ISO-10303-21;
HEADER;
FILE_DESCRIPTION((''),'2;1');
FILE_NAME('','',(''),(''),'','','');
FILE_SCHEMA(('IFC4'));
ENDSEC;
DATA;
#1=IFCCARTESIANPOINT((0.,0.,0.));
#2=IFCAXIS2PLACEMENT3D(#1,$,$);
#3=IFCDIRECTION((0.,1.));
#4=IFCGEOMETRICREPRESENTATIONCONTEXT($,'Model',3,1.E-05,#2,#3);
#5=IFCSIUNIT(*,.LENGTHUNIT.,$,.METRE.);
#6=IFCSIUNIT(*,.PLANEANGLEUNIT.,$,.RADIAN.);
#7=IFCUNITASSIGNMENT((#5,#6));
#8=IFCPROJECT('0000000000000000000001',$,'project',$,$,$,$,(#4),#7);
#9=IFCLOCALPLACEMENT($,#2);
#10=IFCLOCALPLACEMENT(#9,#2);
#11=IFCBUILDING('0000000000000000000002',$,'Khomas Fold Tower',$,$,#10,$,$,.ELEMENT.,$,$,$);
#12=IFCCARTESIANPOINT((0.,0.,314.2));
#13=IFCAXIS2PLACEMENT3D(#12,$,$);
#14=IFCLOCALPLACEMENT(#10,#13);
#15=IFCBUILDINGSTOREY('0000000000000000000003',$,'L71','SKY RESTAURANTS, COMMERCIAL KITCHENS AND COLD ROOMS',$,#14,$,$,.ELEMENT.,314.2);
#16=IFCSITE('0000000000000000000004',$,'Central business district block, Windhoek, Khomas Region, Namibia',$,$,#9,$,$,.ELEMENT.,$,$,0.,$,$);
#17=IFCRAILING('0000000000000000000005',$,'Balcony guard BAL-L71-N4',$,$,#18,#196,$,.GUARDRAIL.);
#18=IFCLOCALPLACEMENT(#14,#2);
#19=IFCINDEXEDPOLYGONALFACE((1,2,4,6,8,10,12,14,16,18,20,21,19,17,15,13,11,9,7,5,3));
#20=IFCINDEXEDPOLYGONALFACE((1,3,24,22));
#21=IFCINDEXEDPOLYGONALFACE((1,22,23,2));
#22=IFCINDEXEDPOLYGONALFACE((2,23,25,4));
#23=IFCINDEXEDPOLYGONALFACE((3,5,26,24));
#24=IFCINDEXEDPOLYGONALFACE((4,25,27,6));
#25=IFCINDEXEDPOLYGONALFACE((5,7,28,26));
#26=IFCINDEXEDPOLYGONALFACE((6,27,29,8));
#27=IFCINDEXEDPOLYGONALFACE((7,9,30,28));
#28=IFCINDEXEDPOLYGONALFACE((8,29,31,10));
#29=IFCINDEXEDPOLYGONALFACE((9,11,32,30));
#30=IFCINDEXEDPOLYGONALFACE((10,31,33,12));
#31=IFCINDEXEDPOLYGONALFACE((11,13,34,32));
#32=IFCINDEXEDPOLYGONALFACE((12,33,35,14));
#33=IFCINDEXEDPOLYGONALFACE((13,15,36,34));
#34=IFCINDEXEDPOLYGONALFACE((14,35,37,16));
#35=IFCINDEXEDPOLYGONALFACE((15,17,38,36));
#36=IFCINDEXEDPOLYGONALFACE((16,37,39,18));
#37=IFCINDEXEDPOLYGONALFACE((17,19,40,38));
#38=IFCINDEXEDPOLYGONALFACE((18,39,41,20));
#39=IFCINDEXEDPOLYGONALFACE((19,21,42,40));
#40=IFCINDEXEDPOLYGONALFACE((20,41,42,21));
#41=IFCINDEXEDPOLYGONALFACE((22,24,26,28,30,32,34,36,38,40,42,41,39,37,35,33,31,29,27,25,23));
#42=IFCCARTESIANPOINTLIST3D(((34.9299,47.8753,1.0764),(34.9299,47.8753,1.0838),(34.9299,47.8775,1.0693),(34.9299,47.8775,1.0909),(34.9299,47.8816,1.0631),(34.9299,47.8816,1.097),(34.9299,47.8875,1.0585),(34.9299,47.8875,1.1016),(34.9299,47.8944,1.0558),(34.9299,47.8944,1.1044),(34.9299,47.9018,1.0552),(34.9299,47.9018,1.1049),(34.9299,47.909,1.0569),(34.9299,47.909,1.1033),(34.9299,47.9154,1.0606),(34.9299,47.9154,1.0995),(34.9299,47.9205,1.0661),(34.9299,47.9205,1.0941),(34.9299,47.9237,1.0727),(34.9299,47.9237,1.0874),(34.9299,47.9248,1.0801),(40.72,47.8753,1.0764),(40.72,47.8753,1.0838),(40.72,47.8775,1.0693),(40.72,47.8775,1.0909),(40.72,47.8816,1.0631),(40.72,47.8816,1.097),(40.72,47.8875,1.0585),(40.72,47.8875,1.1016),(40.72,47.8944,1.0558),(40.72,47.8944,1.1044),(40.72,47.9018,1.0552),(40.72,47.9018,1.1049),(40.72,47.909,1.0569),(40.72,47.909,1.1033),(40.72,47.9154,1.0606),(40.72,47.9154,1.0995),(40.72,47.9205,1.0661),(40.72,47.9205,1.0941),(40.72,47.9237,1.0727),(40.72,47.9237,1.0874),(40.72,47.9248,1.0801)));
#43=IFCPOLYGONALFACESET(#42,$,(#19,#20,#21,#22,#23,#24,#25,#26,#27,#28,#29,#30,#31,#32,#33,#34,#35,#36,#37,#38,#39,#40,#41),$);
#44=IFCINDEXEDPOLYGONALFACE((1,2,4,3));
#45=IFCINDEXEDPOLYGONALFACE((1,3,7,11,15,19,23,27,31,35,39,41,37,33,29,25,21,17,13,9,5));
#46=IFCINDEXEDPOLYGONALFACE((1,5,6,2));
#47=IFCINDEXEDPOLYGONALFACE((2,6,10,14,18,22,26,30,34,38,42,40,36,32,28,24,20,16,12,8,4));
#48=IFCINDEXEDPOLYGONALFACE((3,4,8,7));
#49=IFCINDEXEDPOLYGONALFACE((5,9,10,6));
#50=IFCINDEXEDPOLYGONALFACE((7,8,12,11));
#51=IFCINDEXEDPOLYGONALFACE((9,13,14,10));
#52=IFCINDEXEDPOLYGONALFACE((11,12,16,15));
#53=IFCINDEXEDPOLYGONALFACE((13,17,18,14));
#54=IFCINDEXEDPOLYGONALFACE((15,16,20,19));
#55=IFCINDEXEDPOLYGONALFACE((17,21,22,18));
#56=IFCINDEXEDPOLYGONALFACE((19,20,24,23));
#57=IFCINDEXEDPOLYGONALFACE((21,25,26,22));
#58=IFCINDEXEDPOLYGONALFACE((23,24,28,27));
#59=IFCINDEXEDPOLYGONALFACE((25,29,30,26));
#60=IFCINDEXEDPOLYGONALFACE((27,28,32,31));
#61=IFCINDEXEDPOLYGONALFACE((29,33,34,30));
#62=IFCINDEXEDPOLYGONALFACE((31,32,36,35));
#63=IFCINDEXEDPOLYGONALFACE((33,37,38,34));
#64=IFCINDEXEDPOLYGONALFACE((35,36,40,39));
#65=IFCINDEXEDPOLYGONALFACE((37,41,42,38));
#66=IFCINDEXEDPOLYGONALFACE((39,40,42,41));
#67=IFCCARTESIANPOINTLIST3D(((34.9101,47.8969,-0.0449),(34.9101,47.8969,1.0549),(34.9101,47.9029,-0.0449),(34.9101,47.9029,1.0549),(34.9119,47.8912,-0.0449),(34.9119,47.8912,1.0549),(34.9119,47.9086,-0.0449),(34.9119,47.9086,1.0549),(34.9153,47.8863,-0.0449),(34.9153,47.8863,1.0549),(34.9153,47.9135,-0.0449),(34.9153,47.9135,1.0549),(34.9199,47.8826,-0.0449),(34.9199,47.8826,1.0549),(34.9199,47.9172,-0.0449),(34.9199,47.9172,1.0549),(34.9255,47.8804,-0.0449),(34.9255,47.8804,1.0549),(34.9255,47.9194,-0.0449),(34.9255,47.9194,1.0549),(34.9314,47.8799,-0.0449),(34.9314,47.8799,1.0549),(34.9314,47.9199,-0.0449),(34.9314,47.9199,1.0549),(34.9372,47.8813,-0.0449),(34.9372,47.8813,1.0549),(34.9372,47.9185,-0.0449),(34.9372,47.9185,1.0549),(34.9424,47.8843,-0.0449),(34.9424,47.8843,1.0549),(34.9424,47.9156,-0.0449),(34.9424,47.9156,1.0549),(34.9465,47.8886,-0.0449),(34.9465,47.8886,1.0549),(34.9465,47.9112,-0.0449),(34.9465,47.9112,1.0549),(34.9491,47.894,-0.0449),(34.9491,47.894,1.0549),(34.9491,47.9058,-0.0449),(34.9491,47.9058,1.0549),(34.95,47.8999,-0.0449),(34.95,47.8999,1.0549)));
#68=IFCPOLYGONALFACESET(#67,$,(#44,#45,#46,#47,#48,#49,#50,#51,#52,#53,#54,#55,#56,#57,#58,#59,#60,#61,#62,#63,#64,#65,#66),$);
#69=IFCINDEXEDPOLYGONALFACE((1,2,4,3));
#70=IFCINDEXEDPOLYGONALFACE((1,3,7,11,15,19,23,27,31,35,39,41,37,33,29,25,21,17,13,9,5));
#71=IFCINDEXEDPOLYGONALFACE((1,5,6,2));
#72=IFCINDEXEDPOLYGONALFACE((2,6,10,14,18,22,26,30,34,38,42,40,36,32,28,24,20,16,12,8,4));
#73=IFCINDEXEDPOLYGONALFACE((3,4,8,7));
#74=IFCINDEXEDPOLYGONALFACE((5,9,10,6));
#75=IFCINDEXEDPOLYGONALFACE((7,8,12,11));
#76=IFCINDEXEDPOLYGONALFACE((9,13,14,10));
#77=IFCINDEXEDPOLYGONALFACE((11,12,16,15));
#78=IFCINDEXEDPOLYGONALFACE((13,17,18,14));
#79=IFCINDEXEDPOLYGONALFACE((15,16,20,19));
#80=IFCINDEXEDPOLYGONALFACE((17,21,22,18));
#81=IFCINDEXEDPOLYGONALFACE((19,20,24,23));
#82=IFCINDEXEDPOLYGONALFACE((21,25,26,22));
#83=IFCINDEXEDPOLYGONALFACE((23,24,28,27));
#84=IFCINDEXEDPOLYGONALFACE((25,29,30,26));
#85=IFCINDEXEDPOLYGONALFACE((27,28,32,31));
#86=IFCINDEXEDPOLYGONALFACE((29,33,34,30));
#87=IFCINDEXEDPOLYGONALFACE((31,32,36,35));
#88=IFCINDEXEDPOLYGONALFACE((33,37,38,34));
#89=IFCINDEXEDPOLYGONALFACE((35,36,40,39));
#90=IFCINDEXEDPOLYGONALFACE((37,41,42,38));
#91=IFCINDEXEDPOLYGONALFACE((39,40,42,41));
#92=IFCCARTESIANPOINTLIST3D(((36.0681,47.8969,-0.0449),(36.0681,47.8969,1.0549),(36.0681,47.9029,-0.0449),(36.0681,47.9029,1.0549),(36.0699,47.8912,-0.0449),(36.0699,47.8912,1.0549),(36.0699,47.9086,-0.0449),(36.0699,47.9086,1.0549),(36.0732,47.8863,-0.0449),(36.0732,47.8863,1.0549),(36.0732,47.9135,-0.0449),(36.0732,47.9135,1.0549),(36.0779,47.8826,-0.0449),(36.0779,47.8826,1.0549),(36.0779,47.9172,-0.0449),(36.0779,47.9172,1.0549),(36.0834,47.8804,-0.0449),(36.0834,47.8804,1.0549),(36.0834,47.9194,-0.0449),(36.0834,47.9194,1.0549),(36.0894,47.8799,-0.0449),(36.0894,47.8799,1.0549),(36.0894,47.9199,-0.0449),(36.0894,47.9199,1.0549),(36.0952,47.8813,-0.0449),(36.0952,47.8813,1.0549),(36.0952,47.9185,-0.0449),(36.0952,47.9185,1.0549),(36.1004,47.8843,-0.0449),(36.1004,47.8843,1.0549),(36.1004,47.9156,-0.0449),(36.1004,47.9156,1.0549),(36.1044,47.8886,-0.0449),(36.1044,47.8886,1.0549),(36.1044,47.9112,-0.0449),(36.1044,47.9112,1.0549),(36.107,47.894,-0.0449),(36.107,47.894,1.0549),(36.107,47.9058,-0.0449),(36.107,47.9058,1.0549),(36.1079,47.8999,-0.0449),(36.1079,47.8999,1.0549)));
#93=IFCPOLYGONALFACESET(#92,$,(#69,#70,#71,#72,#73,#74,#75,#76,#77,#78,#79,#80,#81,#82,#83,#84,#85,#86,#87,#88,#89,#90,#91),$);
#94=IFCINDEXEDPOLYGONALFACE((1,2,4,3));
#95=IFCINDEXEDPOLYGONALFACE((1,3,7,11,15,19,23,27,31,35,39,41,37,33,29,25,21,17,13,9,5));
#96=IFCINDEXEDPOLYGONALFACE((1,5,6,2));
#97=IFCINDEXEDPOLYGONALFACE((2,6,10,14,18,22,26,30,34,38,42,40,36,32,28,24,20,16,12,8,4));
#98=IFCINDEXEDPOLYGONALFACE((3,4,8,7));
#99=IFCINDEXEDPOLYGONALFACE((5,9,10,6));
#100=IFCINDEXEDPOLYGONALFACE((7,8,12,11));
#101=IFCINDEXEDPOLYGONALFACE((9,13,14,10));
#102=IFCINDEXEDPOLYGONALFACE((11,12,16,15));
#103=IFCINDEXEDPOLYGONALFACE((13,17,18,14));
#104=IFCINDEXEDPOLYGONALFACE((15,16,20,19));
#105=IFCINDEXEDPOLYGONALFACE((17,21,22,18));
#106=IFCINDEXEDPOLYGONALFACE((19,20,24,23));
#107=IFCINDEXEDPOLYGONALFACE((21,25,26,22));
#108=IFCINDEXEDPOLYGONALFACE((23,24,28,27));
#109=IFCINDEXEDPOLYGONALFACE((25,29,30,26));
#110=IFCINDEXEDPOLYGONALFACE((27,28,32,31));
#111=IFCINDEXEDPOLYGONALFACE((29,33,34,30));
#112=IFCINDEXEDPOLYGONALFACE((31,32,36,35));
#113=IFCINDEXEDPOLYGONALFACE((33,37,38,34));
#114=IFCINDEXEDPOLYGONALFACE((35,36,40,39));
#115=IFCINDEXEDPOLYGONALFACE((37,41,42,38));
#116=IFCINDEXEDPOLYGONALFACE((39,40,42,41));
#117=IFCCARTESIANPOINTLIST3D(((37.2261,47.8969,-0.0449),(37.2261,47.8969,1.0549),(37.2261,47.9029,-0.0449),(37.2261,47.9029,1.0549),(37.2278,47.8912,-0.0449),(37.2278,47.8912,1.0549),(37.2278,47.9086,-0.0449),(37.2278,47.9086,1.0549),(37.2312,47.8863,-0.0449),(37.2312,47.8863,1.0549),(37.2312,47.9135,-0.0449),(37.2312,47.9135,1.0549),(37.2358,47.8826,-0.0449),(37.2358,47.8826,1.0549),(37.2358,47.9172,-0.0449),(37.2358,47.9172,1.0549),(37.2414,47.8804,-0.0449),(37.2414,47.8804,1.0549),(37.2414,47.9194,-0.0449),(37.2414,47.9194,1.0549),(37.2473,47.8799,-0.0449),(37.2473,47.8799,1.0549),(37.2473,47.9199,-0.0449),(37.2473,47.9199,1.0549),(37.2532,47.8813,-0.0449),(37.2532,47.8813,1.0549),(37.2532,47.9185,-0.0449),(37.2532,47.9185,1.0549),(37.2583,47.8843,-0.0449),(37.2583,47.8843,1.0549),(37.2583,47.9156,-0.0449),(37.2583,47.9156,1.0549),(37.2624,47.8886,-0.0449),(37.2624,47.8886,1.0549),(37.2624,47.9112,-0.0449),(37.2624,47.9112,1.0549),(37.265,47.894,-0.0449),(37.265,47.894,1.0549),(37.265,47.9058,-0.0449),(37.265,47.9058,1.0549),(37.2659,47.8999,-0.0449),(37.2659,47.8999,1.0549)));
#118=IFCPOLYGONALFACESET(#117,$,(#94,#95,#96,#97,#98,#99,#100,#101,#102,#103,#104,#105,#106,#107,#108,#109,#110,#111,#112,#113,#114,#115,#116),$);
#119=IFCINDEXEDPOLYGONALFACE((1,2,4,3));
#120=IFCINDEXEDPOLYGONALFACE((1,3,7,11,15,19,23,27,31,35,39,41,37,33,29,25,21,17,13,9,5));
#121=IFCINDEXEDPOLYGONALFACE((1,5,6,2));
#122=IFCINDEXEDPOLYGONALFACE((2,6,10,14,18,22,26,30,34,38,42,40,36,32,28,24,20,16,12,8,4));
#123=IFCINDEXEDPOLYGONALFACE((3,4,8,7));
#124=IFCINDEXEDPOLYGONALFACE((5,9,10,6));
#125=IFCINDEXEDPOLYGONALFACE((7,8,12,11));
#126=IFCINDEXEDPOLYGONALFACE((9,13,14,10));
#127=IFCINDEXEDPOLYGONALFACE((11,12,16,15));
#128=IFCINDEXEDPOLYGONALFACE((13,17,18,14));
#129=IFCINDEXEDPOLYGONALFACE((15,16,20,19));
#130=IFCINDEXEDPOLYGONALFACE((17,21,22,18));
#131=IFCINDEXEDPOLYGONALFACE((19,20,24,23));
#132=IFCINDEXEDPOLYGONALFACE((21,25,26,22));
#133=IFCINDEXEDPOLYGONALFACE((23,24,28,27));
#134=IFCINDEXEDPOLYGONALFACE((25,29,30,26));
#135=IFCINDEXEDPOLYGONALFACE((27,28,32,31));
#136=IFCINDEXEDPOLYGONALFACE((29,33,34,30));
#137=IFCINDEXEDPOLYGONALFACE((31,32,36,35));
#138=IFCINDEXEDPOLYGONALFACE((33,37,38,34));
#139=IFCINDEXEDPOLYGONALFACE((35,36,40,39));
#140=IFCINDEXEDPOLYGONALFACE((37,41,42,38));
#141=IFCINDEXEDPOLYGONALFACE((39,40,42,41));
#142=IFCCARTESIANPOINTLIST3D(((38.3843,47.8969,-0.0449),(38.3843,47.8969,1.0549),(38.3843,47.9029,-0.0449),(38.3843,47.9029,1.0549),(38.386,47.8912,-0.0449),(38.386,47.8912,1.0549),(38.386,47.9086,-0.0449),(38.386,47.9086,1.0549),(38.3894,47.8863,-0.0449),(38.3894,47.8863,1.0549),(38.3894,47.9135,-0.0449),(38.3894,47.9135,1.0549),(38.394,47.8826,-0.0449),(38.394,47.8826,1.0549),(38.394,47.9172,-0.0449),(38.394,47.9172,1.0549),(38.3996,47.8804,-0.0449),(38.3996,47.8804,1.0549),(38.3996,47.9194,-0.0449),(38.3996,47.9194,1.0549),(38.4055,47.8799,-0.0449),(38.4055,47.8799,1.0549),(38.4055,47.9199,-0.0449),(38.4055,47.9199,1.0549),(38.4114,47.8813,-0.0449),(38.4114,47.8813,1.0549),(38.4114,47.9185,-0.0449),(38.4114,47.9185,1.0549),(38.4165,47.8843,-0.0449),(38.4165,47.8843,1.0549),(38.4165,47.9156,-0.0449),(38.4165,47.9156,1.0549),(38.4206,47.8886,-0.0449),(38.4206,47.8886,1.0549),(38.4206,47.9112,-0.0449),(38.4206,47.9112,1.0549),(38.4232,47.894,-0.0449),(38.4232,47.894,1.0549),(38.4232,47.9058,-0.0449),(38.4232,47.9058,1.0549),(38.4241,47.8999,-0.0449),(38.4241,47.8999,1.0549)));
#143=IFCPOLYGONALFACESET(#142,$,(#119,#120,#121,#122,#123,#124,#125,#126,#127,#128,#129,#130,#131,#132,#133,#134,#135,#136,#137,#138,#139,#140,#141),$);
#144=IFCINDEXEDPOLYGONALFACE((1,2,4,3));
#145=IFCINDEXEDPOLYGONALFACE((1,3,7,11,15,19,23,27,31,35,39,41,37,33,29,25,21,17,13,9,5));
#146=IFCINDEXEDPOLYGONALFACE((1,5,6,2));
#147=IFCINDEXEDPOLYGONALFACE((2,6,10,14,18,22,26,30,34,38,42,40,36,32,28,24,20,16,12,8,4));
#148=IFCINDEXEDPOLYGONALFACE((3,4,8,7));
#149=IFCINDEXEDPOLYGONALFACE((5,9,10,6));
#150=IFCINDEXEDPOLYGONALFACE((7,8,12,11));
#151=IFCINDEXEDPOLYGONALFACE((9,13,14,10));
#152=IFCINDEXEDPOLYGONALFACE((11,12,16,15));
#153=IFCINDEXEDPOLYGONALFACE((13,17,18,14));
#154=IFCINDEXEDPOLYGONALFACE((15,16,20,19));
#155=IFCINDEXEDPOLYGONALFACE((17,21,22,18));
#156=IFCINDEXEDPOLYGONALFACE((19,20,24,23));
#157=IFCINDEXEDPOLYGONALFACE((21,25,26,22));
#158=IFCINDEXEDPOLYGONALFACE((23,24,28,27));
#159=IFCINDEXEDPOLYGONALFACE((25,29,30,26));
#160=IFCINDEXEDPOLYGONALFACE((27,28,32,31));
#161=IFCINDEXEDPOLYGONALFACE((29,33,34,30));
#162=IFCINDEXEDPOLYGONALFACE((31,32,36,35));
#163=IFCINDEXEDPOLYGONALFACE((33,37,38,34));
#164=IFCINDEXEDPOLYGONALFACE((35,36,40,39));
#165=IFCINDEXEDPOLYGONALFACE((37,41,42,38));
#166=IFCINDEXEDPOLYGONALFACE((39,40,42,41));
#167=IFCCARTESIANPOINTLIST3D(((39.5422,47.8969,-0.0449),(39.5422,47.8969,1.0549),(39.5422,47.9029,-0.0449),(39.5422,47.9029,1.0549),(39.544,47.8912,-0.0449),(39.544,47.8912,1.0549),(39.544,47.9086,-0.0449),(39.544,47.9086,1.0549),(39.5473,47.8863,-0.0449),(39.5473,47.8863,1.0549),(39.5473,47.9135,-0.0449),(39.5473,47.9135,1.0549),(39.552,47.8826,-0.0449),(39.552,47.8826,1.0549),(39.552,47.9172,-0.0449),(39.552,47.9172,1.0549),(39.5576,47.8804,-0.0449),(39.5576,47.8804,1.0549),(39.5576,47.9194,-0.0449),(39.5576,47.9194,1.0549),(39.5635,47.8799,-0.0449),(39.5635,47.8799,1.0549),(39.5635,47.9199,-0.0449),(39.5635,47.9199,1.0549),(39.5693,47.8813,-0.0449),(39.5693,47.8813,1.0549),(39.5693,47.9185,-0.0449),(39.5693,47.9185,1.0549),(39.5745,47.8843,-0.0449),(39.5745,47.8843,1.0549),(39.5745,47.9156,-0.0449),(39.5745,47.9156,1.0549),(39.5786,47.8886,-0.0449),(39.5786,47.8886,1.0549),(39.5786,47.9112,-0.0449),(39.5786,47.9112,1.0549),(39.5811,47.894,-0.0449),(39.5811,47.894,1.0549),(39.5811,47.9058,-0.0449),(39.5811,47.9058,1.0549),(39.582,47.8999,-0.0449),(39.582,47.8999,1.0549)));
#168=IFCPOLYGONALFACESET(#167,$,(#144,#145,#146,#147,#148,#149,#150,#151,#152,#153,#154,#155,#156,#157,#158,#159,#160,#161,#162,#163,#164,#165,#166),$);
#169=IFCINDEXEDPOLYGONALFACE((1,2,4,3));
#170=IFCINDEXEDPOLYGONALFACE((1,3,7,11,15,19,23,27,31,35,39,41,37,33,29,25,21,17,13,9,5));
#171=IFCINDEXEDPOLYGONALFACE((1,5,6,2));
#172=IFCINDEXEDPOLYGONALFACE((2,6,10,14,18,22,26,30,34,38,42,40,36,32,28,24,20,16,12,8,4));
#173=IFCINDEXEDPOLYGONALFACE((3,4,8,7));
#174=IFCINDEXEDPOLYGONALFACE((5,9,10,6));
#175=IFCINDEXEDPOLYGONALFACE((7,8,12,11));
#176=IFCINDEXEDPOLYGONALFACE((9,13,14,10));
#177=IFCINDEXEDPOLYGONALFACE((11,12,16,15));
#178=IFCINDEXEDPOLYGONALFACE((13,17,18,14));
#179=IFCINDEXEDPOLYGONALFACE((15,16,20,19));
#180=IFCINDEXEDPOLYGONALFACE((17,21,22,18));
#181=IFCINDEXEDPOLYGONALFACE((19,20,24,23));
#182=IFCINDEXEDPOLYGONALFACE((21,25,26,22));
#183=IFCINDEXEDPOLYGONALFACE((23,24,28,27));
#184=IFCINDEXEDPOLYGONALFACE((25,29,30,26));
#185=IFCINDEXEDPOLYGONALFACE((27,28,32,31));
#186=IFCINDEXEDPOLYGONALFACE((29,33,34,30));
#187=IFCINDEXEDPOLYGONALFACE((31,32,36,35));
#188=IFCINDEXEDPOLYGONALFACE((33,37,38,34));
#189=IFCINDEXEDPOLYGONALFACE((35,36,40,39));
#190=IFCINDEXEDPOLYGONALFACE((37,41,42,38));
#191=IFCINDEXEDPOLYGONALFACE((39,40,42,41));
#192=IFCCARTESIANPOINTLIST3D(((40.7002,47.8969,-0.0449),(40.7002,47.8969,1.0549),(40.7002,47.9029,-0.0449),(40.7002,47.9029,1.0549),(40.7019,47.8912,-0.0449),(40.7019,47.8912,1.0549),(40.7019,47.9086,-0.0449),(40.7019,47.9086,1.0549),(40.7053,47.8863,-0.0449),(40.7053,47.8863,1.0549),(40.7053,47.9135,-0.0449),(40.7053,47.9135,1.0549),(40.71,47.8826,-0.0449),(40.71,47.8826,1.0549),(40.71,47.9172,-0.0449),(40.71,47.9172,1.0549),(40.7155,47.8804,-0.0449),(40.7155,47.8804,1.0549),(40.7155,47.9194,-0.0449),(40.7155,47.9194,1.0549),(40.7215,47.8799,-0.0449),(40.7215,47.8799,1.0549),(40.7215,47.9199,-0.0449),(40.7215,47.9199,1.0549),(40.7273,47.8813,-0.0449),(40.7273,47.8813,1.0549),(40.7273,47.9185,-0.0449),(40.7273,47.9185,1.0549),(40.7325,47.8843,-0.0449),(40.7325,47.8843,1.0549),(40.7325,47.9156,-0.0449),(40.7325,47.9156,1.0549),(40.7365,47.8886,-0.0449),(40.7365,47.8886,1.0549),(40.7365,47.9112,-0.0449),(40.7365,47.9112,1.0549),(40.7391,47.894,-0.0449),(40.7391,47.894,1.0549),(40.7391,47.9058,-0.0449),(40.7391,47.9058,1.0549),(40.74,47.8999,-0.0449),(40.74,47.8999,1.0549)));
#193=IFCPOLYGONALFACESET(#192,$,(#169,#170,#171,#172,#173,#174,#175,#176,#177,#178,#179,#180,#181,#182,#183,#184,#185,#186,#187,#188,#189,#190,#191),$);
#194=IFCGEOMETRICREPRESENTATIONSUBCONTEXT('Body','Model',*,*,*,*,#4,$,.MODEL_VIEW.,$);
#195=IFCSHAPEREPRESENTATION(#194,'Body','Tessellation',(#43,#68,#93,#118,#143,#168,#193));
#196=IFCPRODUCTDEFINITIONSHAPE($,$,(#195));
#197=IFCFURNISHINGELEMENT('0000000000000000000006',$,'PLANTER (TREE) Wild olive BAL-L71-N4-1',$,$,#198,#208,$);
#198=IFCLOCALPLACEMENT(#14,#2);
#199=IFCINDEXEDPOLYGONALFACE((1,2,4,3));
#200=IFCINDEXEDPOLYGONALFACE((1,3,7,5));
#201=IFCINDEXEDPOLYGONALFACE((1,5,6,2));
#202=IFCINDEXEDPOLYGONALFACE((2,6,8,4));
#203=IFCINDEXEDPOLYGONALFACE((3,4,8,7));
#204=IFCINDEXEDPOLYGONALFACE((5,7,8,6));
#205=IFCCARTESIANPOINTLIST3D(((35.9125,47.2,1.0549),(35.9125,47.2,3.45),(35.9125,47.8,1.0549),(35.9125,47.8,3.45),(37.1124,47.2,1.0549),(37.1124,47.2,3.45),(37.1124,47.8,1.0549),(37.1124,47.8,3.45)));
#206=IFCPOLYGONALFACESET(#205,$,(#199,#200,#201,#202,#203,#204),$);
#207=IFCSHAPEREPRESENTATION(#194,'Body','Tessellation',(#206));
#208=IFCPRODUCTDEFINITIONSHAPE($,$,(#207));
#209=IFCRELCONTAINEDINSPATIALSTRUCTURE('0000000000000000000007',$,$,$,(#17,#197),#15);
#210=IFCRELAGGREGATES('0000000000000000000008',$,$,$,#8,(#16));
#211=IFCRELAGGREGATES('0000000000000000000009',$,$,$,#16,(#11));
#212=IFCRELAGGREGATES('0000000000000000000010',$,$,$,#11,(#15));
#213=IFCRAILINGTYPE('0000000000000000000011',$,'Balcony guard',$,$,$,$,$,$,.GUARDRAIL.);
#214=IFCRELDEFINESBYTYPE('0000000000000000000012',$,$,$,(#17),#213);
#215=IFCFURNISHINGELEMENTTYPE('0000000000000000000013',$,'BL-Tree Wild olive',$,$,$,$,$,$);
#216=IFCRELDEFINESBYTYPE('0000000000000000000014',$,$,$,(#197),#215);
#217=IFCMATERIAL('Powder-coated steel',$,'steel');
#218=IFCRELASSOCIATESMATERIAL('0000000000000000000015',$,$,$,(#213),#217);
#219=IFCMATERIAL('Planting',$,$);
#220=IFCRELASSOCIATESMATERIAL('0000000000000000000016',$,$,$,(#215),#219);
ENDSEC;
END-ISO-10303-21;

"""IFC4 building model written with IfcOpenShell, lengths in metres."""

from ifc_helpers import new_model, si_unit, direction, frame, origin, origin_2d, place, context, subcontext, project, spatial, rectangle, circle, extrude, source, transform, mapped, material, type_object, element, save


model = new_model("IFC4")

# Units and contexts
model_context = context("Model", 3, precision=1e-05, world=origin(), true_north=direction((0.0, 1.0)))
body_context = subcontext(model_context, "Body", "Model", "MODEL_VIEW")
ifc_project = project(units=[si_unit("LENGTHUNIT", "METRE"), si_unit("PLANEANGLEUNIT", "RADIAN")], contexts=[model_context])

# Site, building, storey
site_placement = place(None, origin())
site = spatial("IfcSite", under=ifc_project, at=site_placement, Name="Central business district block, Windhoek, Khomas Region, Namibia", CompositionType="ELEMENT", RefElevation=0.0)
building_placement = place(site_placement, origin())
building = spatial("IfcBuilding", under=site, at=building_placement, Name="Khomas Fold Tower", CompositionType="ELEMENT")
storey_placement = place(building_placement, frame((0.0, 0.0, 314.2)))
storey = spatial("IfcBuildingStorey", under=building, at=storey_placement, Name="L71", Description="SKY RESTAURANTS, COMMERCIAL KITCHENS AND COLD ROOMS", CompositionType="ELEMENT", Elevation=314.2)

# Railing
ifc_material_1 = material(Name="Powder-coated steel", Category="steel")
railing_type = type_object("IfcRailingType", Name="Balcony guard", PredefinedType="GUARDRAIL", material=ifc_material_1)
shared_shape_1 = source(origin(), body_context, "Body", "SweptSolid", [
    extrude(circle(Radius=0.0249, at=origin_2d()), frame((0.0, 0.0, 1.125), z_axis=(1.0, 0.0, 0.0), x_axis=(0.0, 1.0, 0.0)), (0.0, 0.0, 1.0), 5.79),
    extrude(circle(Radius=0.02, at=origin_2d()), origin(), (0.0, 0.0, 1.0), 1.0999),
    extrude(circle(Radius=0.02, at=origin_2d()), frame((1.158, 0.0, 0.0)), (0.0, 0.0, 1.0), 1.0999),
    extrude(circle(Radius=0.02, at=origin_2d()), frame((2.3159, 0.0, 0.0)), (0.0, 0.0, 1.0), 1.0999),
    extrude(circle(Radius=0.02, at=origin_2d()), frame((3.4741, 0.0, 0.0)), (0.0, 0.0, 1.0), 1.0999),
    extrude(circle(Radius=0.02, at=origin_2d()), frame((4.6321, 0.0, 0.0)), (0.0, 0.0, 1.0), 1.0999),
    extrude(circle(Radius=0.02, at=origin_2d()), frame((5.79, 0.0, 0.0)), (0.0, 0.0, 1.0), 1.0999),
])
railing_placement = place(storey_placement, frame((34.9299, 47.8999, -0.0449)))
element("IfcRailing", 1, at=railing_placement, inside=storey, type_object=railing_type, Name="Balcony guard BAL-L71-N4", PredefinedType="GUARDRAIL", context=body_context, shape_type="MappedRepresentation", body=[
    mapped(shared_shape_1, transform((0.0, 0.0, 0.0))),
])

# Furnishing element
ifc_material_2 = material(Name="Planting")
furnishing_element_type_1 = type_object("IfcFurnishingElementType", Name="BL-Tree Wild olive", material=ifc_material_2)
shared_shape_2 = source(origin(), body_context, "Body", "SweptSolid", [
    extrude(rectangle(XDim=1.2, YDim=0.6001, at=origin_2d()), origin(), (0.0, 0.0, 1.0), 2.395),
])
furnishing_1_placement = place(storey_placement, frame((36.5125, 47.5, 1.0549), z_axis=(0.0, 0.0, 1.0), x_axis=(1.0, 0.0, 0.0)))
element("IfcFurnishingElement", 2, at=furnishing_1_placement, inside=storey, type_object=furnishing_element_type_1, Name="PLANTER (TREE) Wild olive BAL-L71-N4-1", context=body_context, shape_type="MappedRepresentation", body=[
    mapped(shared_shape_2, transform((0.0, 0.0, 0.0))),
])

save(model, "model.ifc")
